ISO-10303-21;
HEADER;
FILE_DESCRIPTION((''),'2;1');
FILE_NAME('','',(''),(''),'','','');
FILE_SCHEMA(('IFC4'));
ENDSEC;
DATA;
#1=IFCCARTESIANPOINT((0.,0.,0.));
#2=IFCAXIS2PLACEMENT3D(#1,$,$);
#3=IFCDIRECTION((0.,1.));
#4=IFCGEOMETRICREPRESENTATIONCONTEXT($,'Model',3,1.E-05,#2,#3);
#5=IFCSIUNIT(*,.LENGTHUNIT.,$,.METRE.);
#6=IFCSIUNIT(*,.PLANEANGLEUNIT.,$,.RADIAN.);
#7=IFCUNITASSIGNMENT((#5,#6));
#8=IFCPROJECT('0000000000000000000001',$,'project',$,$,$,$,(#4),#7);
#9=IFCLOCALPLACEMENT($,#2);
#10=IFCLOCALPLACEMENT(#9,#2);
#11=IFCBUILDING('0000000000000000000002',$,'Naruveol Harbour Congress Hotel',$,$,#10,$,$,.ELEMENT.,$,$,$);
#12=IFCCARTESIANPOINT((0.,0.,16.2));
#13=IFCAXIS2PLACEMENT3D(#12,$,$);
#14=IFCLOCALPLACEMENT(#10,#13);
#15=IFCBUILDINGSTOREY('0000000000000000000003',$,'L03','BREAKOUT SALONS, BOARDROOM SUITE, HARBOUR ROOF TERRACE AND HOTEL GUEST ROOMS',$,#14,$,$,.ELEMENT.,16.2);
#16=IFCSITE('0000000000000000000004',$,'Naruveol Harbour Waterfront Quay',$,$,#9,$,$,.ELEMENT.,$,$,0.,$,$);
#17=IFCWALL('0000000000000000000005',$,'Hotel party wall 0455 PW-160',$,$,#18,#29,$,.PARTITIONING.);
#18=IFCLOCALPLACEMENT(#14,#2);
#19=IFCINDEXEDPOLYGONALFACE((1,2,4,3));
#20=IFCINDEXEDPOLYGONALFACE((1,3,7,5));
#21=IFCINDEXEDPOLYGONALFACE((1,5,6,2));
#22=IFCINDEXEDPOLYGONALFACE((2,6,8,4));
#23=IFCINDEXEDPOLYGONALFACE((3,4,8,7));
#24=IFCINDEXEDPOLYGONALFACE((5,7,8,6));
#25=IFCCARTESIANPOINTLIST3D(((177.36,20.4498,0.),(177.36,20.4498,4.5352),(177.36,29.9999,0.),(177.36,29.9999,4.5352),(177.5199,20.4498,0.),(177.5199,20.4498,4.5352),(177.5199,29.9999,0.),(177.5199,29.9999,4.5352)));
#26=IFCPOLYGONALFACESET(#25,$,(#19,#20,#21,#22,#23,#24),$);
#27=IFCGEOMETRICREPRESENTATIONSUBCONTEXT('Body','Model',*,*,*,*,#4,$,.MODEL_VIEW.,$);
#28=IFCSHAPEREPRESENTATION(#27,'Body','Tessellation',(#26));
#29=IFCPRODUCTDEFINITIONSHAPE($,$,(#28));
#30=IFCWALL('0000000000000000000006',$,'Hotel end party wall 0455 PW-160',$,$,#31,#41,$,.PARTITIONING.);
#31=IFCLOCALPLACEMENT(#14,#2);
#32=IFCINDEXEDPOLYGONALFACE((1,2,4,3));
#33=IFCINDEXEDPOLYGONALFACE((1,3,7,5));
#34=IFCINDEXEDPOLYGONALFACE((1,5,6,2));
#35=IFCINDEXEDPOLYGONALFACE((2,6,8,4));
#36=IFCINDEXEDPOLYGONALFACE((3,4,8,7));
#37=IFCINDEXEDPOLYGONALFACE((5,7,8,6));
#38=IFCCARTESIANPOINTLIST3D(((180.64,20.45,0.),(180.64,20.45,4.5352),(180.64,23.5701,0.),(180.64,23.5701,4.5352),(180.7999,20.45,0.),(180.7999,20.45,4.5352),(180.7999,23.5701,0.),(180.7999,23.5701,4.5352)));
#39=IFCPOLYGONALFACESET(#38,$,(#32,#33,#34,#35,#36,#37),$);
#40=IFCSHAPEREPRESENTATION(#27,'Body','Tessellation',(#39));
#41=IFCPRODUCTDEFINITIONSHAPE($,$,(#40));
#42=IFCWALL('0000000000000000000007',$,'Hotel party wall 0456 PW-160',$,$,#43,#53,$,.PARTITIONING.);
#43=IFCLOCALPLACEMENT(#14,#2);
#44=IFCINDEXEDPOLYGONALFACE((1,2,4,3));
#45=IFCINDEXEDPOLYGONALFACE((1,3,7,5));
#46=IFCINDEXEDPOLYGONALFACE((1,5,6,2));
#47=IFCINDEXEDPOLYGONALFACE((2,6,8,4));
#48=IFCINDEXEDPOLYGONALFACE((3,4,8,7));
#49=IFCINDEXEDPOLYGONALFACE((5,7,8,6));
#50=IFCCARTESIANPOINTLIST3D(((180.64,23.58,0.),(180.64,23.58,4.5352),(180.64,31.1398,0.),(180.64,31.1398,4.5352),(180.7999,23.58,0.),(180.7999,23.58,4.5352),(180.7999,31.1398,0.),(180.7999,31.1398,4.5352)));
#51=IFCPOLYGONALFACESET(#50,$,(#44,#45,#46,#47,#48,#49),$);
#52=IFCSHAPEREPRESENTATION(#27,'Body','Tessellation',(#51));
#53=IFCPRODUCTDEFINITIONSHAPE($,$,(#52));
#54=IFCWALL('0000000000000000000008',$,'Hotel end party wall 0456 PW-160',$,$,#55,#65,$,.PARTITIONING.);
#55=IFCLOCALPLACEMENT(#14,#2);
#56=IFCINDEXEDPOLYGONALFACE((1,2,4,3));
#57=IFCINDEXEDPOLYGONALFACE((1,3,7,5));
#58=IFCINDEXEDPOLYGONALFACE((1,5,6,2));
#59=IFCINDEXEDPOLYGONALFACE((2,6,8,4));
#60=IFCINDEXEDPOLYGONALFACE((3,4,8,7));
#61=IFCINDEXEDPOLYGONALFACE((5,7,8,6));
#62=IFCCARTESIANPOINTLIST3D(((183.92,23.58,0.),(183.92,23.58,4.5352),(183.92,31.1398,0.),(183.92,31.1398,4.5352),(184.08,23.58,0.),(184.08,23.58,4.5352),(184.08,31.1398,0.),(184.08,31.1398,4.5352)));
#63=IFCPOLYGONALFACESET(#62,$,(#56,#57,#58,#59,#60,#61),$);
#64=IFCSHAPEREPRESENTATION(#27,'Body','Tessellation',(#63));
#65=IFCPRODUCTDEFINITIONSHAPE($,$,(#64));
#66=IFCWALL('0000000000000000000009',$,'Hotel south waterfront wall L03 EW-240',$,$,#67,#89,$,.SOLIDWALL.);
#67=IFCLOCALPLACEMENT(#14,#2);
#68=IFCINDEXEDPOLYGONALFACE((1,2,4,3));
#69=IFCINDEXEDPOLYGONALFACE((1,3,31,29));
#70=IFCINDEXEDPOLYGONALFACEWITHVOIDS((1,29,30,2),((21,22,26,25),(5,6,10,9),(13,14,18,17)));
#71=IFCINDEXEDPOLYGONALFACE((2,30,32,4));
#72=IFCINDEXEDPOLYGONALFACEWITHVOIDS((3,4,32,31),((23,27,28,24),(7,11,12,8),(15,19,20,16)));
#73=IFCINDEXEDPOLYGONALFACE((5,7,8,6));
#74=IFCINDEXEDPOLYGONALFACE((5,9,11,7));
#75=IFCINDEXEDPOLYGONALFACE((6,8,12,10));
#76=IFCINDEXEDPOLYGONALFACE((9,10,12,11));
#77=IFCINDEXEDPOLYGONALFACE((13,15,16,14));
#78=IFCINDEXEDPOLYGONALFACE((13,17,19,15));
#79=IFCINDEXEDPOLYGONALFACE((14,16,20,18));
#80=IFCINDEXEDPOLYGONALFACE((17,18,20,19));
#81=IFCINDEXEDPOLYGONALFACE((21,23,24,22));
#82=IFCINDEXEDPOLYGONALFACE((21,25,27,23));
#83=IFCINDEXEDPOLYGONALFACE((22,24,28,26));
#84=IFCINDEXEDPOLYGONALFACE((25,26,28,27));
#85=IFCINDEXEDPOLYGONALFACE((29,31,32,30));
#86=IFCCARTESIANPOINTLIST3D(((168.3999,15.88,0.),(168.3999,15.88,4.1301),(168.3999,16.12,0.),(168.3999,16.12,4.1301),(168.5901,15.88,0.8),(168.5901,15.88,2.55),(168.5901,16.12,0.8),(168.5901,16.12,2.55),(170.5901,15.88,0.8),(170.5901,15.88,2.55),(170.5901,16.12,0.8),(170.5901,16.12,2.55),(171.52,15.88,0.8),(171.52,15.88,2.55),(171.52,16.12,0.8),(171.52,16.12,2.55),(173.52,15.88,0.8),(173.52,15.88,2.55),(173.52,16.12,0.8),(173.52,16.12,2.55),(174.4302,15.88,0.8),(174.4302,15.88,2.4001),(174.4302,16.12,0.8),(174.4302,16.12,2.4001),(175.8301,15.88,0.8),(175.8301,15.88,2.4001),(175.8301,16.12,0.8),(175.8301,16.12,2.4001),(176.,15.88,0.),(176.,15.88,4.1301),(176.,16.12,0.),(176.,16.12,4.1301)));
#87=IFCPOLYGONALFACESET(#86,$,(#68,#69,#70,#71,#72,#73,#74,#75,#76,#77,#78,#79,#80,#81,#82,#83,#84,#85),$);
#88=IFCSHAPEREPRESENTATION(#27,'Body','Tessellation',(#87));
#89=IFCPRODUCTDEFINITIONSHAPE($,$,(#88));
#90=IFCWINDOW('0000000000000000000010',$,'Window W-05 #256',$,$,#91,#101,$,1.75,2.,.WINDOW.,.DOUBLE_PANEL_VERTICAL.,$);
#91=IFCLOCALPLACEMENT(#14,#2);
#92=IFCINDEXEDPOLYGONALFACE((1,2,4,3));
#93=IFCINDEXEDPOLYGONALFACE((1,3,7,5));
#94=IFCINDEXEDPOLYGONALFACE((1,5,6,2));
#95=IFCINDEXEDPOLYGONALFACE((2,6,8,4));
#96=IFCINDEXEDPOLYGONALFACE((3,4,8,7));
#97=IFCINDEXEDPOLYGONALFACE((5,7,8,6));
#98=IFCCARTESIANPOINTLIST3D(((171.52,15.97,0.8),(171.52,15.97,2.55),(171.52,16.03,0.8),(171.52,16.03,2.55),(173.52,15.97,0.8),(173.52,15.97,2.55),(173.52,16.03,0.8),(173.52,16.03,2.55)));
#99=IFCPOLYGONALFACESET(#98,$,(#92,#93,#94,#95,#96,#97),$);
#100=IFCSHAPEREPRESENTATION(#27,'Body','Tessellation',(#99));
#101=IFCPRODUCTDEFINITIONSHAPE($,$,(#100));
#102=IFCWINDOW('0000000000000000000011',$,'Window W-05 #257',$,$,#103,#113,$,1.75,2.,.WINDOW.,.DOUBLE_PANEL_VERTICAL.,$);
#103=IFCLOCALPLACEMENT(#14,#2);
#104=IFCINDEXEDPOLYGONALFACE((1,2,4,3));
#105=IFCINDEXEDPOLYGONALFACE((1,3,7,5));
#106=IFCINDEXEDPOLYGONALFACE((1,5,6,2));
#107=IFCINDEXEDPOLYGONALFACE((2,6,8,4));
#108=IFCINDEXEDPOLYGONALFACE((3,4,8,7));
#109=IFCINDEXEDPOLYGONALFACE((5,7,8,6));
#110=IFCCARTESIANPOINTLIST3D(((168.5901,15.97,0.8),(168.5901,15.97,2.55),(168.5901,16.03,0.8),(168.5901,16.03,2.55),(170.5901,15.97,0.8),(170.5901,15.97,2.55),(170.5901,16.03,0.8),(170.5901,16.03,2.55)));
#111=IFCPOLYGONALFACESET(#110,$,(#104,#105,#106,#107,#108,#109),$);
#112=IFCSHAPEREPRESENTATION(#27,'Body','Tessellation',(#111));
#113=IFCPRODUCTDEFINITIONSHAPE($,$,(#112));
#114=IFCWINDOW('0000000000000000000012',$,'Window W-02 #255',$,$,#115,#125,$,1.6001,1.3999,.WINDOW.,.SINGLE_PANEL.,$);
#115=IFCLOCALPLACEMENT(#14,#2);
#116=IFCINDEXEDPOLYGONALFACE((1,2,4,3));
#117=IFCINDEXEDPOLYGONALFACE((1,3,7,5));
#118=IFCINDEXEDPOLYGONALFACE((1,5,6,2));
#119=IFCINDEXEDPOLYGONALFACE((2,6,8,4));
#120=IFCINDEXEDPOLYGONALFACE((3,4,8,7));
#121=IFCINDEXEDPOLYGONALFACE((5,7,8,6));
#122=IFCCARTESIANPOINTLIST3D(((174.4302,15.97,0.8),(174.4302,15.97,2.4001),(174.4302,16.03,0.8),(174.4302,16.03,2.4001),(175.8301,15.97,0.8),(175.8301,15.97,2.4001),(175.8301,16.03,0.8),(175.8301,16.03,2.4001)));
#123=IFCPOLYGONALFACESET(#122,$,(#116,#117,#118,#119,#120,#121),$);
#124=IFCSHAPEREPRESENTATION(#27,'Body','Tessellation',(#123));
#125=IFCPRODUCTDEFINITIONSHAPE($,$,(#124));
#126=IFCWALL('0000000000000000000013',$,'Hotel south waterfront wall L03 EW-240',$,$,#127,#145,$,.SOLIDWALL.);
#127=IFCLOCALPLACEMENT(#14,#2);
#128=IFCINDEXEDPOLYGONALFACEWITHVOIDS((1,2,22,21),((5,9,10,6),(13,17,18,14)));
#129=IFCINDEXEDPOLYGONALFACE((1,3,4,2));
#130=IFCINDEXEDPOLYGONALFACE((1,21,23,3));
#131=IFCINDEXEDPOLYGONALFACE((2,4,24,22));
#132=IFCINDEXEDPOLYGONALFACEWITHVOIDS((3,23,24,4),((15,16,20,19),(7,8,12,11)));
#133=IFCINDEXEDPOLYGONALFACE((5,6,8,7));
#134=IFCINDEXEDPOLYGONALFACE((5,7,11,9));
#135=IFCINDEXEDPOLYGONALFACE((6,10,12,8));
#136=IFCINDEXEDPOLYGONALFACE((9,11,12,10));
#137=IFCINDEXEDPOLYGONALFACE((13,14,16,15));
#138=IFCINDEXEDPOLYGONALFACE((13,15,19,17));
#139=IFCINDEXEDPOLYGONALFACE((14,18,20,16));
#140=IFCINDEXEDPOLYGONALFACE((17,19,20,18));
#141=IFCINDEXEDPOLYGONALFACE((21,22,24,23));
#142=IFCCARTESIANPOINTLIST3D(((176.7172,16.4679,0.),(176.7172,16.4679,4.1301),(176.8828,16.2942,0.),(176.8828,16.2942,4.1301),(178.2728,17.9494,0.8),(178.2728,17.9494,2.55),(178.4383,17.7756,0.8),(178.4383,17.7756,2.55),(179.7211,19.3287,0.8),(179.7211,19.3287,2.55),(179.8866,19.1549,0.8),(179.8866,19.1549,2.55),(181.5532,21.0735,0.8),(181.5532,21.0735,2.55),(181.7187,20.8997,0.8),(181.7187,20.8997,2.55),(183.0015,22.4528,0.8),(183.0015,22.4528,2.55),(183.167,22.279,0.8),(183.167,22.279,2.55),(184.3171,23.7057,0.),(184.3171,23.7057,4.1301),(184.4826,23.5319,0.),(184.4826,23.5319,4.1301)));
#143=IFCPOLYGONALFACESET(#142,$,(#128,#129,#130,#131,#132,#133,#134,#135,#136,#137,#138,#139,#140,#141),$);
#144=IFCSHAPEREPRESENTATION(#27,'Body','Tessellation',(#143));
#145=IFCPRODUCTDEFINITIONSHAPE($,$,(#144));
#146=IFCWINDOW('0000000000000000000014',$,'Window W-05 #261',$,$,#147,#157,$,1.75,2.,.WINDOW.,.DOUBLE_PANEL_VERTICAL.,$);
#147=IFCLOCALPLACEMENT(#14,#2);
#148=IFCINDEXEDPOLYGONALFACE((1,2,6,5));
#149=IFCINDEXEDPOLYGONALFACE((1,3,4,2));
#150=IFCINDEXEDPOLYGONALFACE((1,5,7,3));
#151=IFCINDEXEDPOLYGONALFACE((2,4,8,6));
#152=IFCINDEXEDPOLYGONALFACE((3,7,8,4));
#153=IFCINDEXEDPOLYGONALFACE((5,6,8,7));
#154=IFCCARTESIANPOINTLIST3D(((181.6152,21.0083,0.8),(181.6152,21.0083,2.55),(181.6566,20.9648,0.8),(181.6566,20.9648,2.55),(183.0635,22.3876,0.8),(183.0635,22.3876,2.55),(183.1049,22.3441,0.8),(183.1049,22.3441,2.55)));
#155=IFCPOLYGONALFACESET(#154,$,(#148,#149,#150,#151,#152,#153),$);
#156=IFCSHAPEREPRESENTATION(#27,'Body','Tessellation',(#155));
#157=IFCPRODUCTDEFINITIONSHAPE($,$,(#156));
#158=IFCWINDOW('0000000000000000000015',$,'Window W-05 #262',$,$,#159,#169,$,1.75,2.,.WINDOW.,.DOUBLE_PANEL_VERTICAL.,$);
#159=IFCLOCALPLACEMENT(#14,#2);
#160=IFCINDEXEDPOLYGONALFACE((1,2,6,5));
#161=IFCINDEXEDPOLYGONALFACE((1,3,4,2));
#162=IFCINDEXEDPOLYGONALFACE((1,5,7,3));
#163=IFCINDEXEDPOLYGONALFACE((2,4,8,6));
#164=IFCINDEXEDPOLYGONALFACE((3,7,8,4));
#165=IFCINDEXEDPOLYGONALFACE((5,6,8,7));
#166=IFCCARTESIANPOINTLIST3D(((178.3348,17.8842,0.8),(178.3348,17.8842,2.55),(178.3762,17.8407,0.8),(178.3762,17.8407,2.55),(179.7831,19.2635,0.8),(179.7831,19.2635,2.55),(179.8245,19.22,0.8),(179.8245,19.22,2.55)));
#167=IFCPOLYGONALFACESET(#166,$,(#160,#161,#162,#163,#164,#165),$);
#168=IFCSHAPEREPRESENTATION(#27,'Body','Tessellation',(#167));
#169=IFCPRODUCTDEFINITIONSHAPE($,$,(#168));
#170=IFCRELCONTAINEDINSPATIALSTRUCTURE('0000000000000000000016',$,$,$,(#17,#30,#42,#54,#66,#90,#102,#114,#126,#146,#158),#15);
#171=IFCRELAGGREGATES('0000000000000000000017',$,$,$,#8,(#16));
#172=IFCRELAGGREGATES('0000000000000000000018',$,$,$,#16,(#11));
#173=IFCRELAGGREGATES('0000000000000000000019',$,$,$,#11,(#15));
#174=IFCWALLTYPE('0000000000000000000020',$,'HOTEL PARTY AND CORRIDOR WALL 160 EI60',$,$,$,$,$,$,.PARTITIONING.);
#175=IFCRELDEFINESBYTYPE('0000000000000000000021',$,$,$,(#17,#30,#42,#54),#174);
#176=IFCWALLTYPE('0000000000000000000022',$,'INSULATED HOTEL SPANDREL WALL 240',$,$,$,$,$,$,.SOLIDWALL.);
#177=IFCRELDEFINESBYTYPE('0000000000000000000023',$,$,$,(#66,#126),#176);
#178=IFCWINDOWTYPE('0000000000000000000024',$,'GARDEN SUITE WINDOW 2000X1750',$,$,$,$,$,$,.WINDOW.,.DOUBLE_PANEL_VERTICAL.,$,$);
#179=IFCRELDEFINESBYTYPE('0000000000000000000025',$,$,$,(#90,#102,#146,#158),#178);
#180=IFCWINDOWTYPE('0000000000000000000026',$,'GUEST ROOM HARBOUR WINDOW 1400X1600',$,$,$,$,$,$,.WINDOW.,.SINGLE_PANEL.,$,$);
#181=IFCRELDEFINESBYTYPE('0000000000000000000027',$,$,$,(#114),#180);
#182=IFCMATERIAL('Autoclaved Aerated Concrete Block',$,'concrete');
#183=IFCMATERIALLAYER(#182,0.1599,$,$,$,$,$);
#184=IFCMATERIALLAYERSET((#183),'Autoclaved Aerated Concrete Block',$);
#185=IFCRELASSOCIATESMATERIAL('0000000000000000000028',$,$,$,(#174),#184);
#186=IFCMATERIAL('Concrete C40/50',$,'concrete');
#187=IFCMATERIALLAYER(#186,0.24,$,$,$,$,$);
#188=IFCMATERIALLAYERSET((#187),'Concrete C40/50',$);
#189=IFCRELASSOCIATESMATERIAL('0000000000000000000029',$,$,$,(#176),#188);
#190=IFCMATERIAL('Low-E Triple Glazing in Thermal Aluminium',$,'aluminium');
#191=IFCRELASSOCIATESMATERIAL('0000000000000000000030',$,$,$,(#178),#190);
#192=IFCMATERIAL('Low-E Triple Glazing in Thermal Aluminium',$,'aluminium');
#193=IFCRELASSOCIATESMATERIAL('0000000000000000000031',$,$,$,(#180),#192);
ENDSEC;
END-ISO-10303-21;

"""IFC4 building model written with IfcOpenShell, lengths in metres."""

from ifc_helpers import new_model, si_unit, direction, frame, frame_2d, origin, place, context, subcontext, project, spatial, rectangle, extrude, material, layer, layer_set, type_object, element, fill, save


model = new_model("IFC4")

# Units and contexts
model_context = context("Model", 3, precision=1e-05, world=origin(), true_north=direction((0.0, 1.0)))
body_context = subcontext(model_context, "Body", "Model", "MODEL_VIEW")
ifc_project = project(units=[si_unit("LENGTHUNIT", "METRE"), si_unit("PLANEANGLEUNIT", "RADIAN")], contexts=[model_context])

# Site, building, storey
site_placement = place(None, origin())
site = spatial("IfcSite", under=ifc_project, at=site_placement, Name="Naruveol Harbour Waterfront Quay", CompositionType="ELEMENT", RefElevation=0.0)
building_placement = place(site_placement, origin())
building = spatial("IfcBuilding", under=site, at=building_placement, Name="Naruveol Harbour Congress Hotel", CompositionType="ELEMENT")
storey_placement = place(building_placement, frame((0.0, 0.0, 16.2)))
storey = spatial("IfcBuildingStorey", under=building, at=storey_placement, Name="L03", Description="BREAKOUT SALONS, BOARDROOM SUITE, HARBOUR ROOF TERRACE AND HOTEL GUEST ROOMS", CompositionType="ELEMENT", Elevation=16.2)

# Shared definitions
ifc_material_1 = material(Name="Autoclaved Aerated Concrete Block", Category="concrete")
ifc_layer_1 = layer(ifc_material_1, 0.1599)
ifc_layer_set_1 = layer_set([ifc_layer_1], Name="Autoclaved Aerated Concrete Block")
wall_type_1 = type_object("IfcWallType", Name="HOTEL PARTY AND CORRIDOR WALL 160 EI60", PredefinedType="PARTITIONING", material=ifc_layer_set_1)

# Walls
wall_1_placement = place(storey_placement, frame((177.4399, 20.45, 0.0), z_axis=(0.0, 0.0, 1.0), x_axis=(0.0, 1.0, 0.0)))
element("IfcWall", 1, at=wall_1_placement, inside=storey, type_object=wall_type_1, Name="Hotel party wall 0455 PW-160", PredefinedType="PARTITIONING", context=body_context, shape_type="SweptSolid", body=[
    extrude(rectangle(XDim=9.55, YDim=0.1599, at=frame_2d((4.7749, 0.0))), origin(), (0.0, 0.0, 1.0), 4.5352),
])
wall_2_placement = place(storey_placement, frame((180.72, 20.45, 0.0), z_axis=(0.0, 0.0, 1.0), x_axis=(0.0, 1.0, 0.0)))
element("IfcWall", 2, at=wall_2_placement, inside=storey, type_object=wall_type_1, Name="Hotel end party wall 0455 PW-160", PredefinedType="PARTITIONING", context=body_context, shape_type="SweptSolid", body=[
    extrude(rectangle(XDim=3.1201, YDim=0.1599, at=frame_2d((1.5601, 0.0))), origin(), (0.0, 0.0, 1.0), 4.5352),
])
for number, where, z_axis, x_axis, name in (
    (3, (180.72, 23.5801, 0.0), (0.0, 0.0, 1.0), (0.0, 1.0, 0.0), "Hotel party wall 0456 PW-160"),
    (4, (184.0, 23.5801, 0.0), (0.0, 0.0, 1.0), (0.0, 1.0, 0.0), "Hotel end party wall 0456 PW-160"),
):
    element("IfcWall", number, at=place(storey_placement, frame(where, z_axis=z_axis, x_axis=x_axis)), inside=storey, type_object=wall_type_1, Name=name, PredefinedType="PARTITIONING", context=body_context, shape_type="SweptSolid", body=[
        extrude(rectangle(XDim=7.5598, YDim=0.1599, at=frame_2d((3.7798, 0.0))), origin(), (0.0, 0.0, 1.0), 4.5352),
    ])

# Walls, openings, windows
ifc_material_2 = material(Name="Concrete C40/50", Category="concrete")
ifc_layer_2 = layer(ifc_material_2, 0.24)
ifc_layer_set_2 = layer_set([ifc_layer_2], Name="Concrete C40/50")
wall_type_2 = type_object("IfcWallType", Name="INSULATED HOTEL SPANDREL WALL 240", PredefinedType="SOLIDWALL", material=ifc_layer_set_2)
wall_3_placement = place(storey_placement, frame((176.0, 16.0, 0.0), z_axis=(0.0, 0.0, 1.0), x_axis=(-1.0, 0.0, 0.0)))
wall_3 = element("IfcWall", 5, at=wall_3_placement, inside=storey, type_object=wall_type_2, Name="Hotel south waterfront wall L03 EW-240", PredefinedType="SOLIDWALL", context=body_context, shape_type="SweptSolid", body=[
    extrude(rectangle(XDim=7.6001, YDim=0.24, at=frame_2d((3.8, 0.0))), origin(), (0.0, 0.0, 1.0), 4.1301),
])
opening_1_placement = place(wall_3_placement, frame((0.1699, 0.0, 0.8)))
opening_1 = element("IfcOpeningElement", 6, at=opening_1_placement, cuts=wall_3, PredefinedType="OPENING", context=body_context, shape_type="SweptSolid", body=[
    extrude(rectangle(XDim=1.3999, YDim=1.6001, at=frame_2d((0.7, 0.8))), frame((0.0, 0.1299, 0.0), z_axis=(0.0, -1.0, 0.0), x_axis=(1.0, 0.0, 0.0)), (0.0, 0.0, 1.0), 0.26),
])
opening_2_placement = place(wall_3_placement, frame((2.48, 0.0, 0.8)))
opening_2 = element("IfcOpeningElement", 7, at=opening_2_placement, cuts=wall_3, PredefinedType="OPENING", context=body_context, shape_type="SweptSolid", body=[
    extrude(rectangle(XDim=2.0, YDim=1.75, at=frame_2d((1.0, 0.875))), frame((0.0, 0.1299, 0.0), z_axis=(0.0, -1.0, 0.0), x_axis=(1.0, 0.0, 0.0)), (0.0, 0.0, 1.0), 0.26),
])
opening_3_placement = place(wall_3_placement, frame((5.4099, 0.0, 0.8)))
opening_3 = element("IfcOpeningElement", 8, at=opening_3_placement, cuts=wall_3, PredefinedType="OPENING", context=body_context, shape_type="SweptSolid", body=[
    extrude(rectangle(XDim=2.0, YDim=1.75, at=frame_2d((1.0, 0.875))), frame((0.0, 0.1299, 0.0), z_axis=(0.0, -1.0, 0.0), x_axis=(1.0, 0.0, 0.0)), (0.0, 0.0, 1.0), 0.26),
])
ifc_material_3 = material(Name="Low-E Triple Glazing in Thermal Aluminium", Category="aluminium")
window_type_1 = type_object("IfcWindowType", Name="GARDEN SUITE WINDOW 2000X1750", PartitioningType="DOUBLE_PANEL_VERTICAL", PredefinedType="WINDOW", material=ifc_material_3)
window_1_placement = place(opening_2_placement, origin())
window_1 = element("IfcWindow", 9, at=window_1_placement, inside=storey, type_object=window_type_1, Name="Window W-05 #256", OverallHeight=1.75, OverallWidth=2.0, PartitioningType="DOUBLE_PANEL_VERTICAL", PredefinedType="WINDOW", context=body_context, shape_type="SweptSolid", body=[
    extrude(rectangle(XDim=2.0, YDim=1.75, at=frame_2d((1.0, 0.875))), frame((0.0, 0.03, 0.0), z_axis=(0.0, -1.0, 0.0), x_axis=(1.0, 0.0, 0.0)), (0.0, 0.0, 1.0), 0.0601),
])
fill(opening_2, window_1)
window_2_placement = place(opening_3_placement, origin())
window_2 = element("IfcWindow", 10, at=window_2_placement, inside=storey, type_object=window_type_1, Name="Window W-05 #257", OverallHeight=1.75, OverallWidth=2.0, PartitioningType="DOUBLE_PANEL_VERTICAL", PredefinedType="WINDOW", context=body_context, shape_type="SweptSolid", body=[
    extrude(rectangle(XDim=2.0, YDim=1.75, at=frame_2d((1.0, 0.875))), frame((0.0, 0.03, 0.0), z_axis=(0.0, -1.0, 0.0), x_axis=(1.0, 0.0, 0.0)), (0.0, 0.0, 1.0), 0.0601),
])
fill(opening_3, window_2)
ifc_material_4 = material(Name="Low-E Triple Glazing in Thermal Aluminium", Category="aluminium")
window_type_2 = type_object("IfcWindowType", Name="GUEST ROOM HARBOUR WINDOW 1400X1600", PartitioningType="SINGLE_PANEL", PredefinedType="WINDOW", material=ifc_material_4)
window_3_placement = place(opening_1_placement, origin())
window_3 = element("IfcWindow", 11, at=window_3_placement, inside=storey, type_object=window_type_2, Name="Window W-02 #255", OverallHeight=1.6001, OverallWidth=1.3999, PartitioningType="SINGLE_PANEL", PredefinedType="WINDOW", context=body_context, shape_type="SweptSolid", body=[
    extrude(rectangle(XDim=1.3999, YDim=1.6001, at=frame_2d((0.7, 0.8))), frame((0.0, 0.03, 0.0), z_axis=(0.0, -1.0, 0.0), x_axis=(1.0, 0.0, 0.0)), (0.0, 0.0, 1.0), 0.0601),
])
fill(opening_1, window_3)
wall_4_placement = place(storey_placement, frame((184.3999, 23.6189, 0.0), z_axis=(0.0, 0.0, 1.0), x_axis=(-0.724146, -0.689647, 0.0)))
wall_4 = element("IfcWall", 12, at=wall_4_placement, inside=storey, type_object=wall_type_2, Name="Hotel south waterfront wall L03 EW-240", PredefinedType="SOLIDWALL", context=body_context, shape_type="SweptSolid", body=[
    extrude(rectangle(XDim=10.4949, YDim=0.24, at=frame_2d((5.2476, 0.0))), origin(), (0.0, 0.0, 1.0), 4.1301),
])
opening_4_placement = place(wall_4_placement, frame((1.8169, 0.0, 0.8)))
opening_4 = element("IfcOpeningElement", 13, at=opening_4_placement, cuts=wall_4, PredefinedType="OPENING", context=body_context, shape_type="SweptSolid", body=[
    extrude(rectangle(XDim=2.0, YDim=1.75, at=frame_2d((1.0, 0.875))), frame((0.0, 0.1299, 0.0), z_axis=(0.0, -1.0, 0.0), x_axis=(1.0, 0.0, 0.0)), (0.0, 0.0, 1.0), 0.26),
])
opening_5_placement = place(wall_4_placement, frame((6.3469, 0.0, 0.8)))
opening_5 = element("IfcOpeningElement", 14, at=opening_5_placement, cuts=wall_4, PredefinedType="OPENING", context=body_context, shape_type="SweptSolid", body=[
    extrude(rectangle(XDim=2.0, YDim=1.75, at=frame_2d((1.0, 0.875))), frame((0.0, 0.1299, 0.0), z_axis=(0.0, -1.0, 0.0), x_axis=(1.0, 0.0, 0.0)), (0.0, 0.0, 1.0), 0.26),
])
window_4_placement = place(opening_4_placement, origin())
window_4 = element("IfcWindow", 15, at=window_4_placement, inside=storey, type_object=window_type_1, Name="Window W-05 #261", OverallHeight=1.75, OverallWidth=2.0, PartitioningType="DOUBLE_PANEL_VERTICAL", PredefinedType="WINDOW", context=body_context, shape_type="SweptSolid", body=[
    extrude(rectangle(XDim=2.0, YDim=1.75, at=frame_2d((1.0, 0.875))), frame((0.0, 0.03, 0.0), z_axis=(0.0, -1.0, 0.0), x_axis=(1.0, 0.0, 0.0)), (0.0, 0.0, 1.0), 0.0601),
])
fill(opening_4, window_4)
window_5_placement = place(opening_5_placement, origin())
window_5 = element("IfcWindow", 16, at=window_5_placement, inside=storey, type_object=window_type_1, Name="Window W-05 #262", OverallHeight=1.75, OverallWidth=2.0, PartitioningType="DOUBLE_PANEL_VERTICAL", PredefinedType="WINDOW", context=body_context, shape_type="SweptSolid", body=[
    extrude(rectangle(XDim=2.0, YDim=1.75, at=frame_2d((1.0, 0.875))), frame((0.0, 0.03, 0.0), z_axis=(0.0, -1.0, 0.0), x_axis=(1.0, 0.0, 0.0)), (0.0, 0.0, 1.0), 0.0601),
])
fill(opening_5, window_5)

save(model, "model.ifc")
